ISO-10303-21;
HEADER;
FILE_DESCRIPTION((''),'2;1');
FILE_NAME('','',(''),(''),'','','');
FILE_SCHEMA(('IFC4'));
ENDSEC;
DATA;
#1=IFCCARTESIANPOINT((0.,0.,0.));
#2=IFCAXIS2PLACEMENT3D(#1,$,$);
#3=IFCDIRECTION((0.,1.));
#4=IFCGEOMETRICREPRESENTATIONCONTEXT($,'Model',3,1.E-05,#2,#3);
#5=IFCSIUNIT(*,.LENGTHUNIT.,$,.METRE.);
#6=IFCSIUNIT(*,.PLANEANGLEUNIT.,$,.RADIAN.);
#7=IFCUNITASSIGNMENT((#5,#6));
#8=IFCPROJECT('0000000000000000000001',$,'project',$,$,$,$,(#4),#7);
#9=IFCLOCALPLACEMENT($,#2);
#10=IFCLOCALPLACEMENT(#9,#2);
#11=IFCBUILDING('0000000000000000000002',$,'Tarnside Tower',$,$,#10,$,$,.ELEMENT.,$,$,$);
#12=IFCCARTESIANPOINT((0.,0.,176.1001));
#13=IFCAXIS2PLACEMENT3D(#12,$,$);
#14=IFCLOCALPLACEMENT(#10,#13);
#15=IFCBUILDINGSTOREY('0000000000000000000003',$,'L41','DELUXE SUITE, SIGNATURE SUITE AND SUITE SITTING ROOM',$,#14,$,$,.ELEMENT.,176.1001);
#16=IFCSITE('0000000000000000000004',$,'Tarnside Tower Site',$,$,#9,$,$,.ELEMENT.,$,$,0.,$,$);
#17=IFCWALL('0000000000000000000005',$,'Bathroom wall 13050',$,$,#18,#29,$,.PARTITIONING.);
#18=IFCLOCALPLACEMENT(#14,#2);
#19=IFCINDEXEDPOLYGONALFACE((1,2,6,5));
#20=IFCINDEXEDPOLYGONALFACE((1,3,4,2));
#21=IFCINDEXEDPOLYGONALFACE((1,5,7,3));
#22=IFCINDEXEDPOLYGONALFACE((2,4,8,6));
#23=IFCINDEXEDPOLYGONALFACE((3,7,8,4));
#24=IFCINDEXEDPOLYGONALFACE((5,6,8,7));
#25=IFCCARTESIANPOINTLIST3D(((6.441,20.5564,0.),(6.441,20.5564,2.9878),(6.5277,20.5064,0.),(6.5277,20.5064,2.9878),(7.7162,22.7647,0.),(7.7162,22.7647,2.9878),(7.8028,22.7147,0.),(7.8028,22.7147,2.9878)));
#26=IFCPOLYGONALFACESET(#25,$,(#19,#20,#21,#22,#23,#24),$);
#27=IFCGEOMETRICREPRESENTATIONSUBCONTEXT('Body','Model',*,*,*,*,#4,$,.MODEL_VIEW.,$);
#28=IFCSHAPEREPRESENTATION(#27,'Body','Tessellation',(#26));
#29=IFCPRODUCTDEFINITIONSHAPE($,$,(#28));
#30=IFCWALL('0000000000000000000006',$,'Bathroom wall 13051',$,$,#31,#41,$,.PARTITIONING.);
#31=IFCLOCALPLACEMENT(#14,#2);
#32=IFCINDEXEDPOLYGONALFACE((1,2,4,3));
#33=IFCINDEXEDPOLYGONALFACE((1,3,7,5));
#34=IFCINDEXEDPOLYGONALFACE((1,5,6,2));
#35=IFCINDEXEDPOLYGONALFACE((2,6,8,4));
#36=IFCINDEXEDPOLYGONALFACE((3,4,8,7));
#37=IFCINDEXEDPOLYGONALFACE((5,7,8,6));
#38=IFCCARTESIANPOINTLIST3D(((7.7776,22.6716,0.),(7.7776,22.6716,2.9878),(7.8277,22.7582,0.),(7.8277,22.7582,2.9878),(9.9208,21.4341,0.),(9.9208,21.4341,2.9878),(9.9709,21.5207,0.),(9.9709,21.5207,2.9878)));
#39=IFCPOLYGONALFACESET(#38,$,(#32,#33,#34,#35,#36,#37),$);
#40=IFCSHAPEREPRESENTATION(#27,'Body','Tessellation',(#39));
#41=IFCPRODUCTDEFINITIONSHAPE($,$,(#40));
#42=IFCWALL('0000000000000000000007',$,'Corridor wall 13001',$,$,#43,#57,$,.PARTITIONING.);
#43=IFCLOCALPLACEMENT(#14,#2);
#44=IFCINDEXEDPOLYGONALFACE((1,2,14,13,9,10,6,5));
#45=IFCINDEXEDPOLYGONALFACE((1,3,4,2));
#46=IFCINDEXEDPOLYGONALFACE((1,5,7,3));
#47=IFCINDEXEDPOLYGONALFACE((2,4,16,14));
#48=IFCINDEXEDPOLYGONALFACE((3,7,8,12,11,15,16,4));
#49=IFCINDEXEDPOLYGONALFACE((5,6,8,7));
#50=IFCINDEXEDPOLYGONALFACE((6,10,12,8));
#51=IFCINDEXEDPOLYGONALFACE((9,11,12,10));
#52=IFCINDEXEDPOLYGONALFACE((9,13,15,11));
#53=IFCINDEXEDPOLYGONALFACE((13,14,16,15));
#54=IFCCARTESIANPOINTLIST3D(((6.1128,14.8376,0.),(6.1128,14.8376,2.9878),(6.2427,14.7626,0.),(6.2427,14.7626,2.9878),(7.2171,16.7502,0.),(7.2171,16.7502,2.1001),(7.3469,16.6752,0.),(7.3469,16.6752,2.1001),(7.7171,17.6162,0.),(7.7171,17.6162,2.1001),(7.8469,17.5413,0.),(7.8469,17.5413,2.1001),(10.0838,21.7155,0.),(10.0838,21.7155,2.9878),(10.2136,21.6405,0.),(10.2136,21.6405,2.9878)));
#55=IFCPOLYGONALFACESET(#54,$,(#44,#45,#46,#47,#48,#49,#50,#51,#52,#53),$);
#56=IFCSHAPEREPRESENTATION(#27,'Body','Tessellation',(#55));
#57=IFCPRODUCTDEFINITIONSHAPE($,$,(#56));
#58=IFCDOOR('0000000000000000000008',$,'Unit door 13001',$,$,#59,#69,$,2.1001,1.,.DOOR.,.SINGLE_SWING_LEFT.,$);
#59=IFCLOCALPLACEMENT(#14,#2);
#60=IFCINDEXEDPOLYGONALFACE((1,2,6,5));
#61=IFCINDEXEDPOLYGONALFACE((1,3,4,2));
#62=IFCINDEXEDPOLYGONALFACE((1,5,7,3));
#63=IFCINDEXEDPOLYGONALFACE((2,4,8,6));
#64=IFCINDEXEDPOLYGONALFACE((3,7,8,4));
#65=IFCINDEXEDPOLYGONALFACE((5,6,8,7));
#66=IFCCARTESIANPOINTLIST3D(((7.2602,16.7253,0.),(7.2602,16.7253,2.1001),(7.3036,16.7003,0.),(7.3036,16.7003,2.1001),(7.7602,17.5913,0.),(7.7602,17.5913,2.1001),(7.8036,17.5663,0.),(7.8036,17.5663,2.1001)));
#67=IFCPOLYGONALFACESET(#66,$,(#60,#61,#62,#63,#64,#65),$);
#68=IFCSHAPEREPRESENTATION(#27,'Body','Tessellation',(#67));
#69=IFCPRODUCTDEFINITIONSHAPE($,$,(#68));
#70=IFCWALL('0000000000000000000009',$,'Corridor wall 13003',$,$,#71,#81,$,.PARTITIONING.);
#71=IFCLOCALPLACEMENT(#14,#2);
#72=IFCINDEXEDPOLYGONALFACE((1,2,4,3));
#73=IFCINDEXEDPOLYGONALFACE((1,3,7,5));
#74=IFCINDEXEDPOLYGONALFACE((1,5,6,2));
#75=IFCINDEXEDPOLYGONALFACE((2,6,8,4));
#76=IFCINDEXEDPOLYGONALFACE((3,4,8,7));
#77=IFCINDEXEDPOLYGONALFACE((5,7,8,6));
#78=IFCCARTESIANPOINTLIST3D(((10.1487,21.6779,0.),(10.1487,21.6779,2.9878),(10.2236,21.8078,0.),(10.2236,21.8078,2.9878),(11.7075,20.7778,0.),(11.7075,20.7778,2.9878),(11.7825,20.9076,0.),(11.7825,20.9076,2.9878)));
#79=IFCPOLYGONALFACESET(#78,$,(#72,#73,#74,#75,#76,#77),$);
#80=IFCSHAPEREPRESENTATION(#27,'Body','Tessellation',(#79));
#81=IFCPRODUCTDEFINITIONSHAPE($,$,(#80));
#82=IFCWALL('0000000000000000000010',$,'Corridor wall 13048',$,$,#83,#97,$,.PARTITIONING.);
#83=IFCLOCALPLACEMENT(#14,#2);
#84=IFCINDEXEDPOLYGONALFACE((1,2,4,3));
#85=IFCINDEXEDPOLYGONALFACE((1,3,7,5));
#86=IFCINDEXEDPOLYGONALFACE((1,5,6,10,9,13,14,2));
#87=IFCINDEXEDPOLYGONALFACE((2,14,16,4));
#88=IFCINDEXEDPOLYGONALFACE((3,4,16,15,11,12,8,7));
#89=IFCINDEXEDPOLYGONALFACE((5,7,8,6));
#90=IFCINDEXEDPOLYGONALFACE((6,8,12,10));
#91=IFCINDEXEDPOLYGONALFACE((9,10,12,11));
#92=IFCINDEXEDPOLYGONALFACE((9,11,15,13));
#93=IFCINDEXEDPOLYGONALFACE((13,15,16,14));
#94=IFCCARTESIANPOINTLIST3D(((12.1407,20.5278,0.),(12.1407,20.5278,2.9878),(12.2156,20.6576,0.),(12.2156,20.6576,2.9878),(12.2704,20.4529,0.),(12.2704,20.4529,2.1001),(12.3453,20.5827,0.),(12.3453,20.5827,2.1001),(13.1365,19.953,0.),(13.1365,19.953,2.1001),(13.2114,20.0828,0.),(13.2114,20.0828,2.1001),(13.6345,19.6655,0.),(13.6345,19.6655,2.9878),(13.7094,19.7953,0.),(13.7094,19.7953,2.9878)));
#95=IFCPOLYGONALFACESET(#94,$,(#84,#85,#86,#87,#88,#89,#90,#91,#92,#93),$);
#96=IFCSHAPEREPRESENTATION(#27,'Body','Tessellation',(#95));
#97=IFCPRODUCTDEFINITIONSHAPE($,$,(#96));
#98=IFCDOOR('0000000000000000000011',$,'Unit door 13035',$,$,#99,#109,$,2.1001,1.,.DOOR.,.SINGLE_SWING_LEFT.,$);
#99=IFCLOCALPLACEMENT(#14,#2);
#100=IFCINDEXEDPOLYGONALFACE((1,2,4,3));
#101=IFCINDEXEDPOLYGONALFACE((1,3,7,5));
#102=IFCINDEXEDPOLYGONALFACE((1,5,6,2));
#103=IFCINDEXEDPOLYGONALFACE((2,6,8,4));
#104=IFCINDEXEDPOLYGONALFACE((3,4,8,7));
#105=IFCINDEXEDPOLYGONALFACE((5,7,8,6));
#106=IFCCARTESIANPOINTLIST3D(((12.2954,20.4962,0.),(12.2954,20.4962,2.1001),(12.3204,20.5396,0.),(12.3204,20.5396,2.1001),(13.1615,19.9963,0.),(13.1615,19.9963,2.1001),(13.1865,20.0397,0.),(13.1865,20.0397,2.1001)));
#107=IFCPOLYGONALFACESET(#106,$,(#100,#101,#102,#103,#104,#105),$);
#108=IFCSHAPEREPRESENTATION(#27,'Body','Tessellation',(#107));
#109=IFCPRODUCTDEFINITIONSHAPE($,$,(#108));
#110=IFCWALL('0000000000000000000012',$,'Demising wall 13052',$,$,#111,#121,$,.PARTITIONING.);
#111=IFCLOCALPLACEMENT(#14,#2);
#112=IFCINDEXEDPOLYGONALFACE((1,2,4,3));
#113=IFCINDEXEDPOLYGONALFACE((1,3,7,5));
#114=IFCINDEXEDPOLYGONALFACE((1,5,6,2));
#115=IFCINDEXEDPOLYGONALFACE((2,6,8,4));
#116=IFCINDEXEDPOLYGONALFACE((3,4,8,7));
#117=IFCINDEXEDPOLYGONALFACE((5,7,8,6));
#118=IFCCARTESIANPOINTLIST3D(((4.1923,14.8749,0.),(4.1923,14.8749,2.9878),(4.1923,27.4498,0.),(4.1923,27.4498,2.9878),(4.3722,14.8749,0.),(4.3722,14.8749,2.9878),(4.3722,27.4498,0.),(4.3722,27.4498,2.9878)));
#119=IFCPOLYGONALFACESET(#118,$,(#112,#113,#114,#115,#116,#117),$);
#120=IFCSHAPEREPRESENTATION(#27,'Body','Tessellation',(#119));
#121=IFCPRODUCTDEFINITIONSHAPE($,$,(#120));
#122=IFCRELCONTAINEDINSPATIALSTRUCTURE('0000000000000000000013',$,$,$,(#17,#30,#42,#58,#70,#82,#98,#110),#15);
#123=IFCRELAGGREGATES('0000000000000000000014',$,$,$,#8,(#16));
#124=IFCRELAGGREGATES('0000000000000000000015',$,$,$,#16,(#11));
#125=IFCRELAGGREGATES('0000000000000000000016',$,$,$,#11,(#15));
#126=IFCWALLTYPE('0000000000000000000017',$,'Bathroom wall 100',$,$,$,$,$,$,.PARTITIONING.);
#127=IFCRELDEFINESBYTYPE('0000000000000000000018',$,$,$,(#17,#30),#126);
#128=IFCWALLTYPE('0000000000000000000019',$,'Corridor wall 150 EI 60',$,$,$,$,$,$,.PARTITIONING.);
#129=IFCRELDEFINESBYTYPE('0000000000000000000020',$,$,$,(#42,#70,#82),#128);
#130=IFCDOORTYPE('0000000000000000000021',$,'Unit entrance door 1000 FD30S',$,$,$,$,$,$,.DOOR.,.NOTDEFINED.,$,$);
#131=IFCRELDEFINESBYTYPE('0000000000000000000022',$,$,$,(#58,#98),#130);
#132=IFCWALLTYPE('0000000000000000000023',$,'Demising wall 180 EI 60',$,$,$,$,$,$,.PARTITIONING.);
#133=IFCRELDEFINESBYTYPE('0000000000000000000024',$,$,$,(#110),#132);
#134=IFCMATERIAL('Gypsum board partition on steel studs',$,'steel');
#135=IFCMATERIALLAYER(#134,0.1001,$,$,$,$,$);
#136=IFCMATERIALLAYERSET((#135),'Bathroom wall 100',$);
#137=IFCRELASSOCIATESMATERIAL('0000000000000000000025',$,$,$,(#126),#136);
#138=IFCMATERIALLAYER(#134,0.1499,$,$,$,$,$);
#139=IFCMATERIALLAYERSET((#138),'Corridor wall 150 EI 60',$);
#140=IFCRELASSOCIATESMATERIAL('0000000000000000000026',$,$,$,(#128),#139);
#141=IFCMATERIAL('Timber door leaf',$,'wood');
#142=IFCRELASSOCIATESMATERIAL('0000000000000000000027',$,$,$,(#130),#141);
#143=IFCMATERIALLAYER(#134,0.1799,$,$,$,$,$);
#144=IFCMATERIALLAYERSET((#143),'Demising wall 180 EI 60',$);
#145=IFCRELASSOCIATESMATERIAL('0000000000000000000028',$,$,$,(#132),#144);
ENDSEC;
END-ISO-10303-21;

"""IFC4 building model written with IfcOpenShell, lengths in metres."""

from ifc_helpers import new_model, si_unit, direction, frame, frame_2d, origin, place, context, subcontext, project, spatial, rectangle, extrude, material, layer, layer_set, type_object, element, fill, save


model = new_model("IFC4")

# Units and contexts
model_context = context("Model", 3, precision=1e-05, world=origin(), true_north=direction((0.0, 1.0)))
body_context = subcontext(model_context, "Body", "Model", "MODEL_VIEW")
ifc_project = project(units=[si_unit("LENGTHUNIT", "METRE"), si_unit("PLANEANGLEUNIT", "RADIAN")], contexts=[model_context])

# Site, building, storey
site_placement = place(None, origin())
site = spatial("IfcSite", under=ifc_project, at=site_placement, Name="Tarnside Tower Site", CompositionType="ELEMENT", RefElevation=0.0)
building_placement = place(site_placement, origin())
building = spatial("IfcBuilding", under=site, at=building_placement, Name="Tarnside Tower", CompositionType="ELEMENT")
storey_placement = place(building_placement, frame((0.0, 0.0, 176.1001)))
storey = spatial("IfcBuildingStorey", under=building, at=storey_placement, Name="L41", Description="DELUXE SUITE, SIGNATURE SUITE AND SUITE SITTING ROOM", CompositionType="ELEMENT", Elevation=176.1001)

# Walls
ifc_material_1 = material(Name="Gypsum board partition on steel studs", Category="steel")
ifc_layer_1 = layer(ifc_material_1, 0.1001)
ifc_layer_set_1 = layer_set([ifc_layer_1], Name="Bathroom wall 100")
wall_type_1 = type_object("IfcWallType", Name="Bathroom wall 100", PredefinedType="PARTITIONING", material=ifc_layer_set_1)
wall_1_placement = place(storey_placement, frame((6.4844, 20.5315, 0.0), z_axis=(0.0, 0.0, 1.0), x_axis=(0.500062, 0.865989, 0.0)))
element("IfcWall", 1, at=wall_1_placement, inside=storey, type_object=wall_type_1, Name="Bathroom wall 13050", PredefinedType="PARTITIONING", context=body_context, shape_type="SweptSolid", body=[
    extrude(rectangle(XDim=2.55, YDim=0.1001, at=frame_2d((1.2749, 0.0))), origin(), (0.0, 0.0, 1.0), 2.9878),
])
wall_2_placement = place(storey_placement, frame((7.8027, 22.7148, 0.0), z_axis=(0.0, 0.0, 1.0), x_axis=(0.866007, -0.500033, 0.0)))
element("IfcWall", 2, at=wall_2_placement, inside=storey, type_object=wall_type_1, Name="Bathroom wall 13051", PredefinedType="PARTITIONING", context=body_context, shape_type="SweptSolid", body=[
    extrude(rectangle(XDim=2.4749, YDim=0.1001, at=frame_2d((1.2373, 0.0))), origin(), (0.0, 0.0, 1.0), 2.9878),
])

# Wall, opening, door
ifc_layer_2 = layer(ifc_material_1, 0.1499)
ifc_layer_set_2 = layer_set([ifc_layer_2], Name="Corridor wall 150 EI 60")
wall_type_2 = type_object("IfcWallType", Name="Corridor wall 150 EI 60", PredefinedType="PARTITIONING", material=ifc_layer_set_2)
wall_3_placement = place(storey_placement, frame((10.1487, 21.678, 0.0), z_axis=(0.0, 0.0, 1.0), x_axis=(-0.499997, -0.866027, 0.0)))
wall_3 = element("IfcWall", 3, at=wall_3_placement, inside=storey, type_object=wall_type_2, Name="Corridor wall 13001", PredefinedType="PARTITIONING", context=body_context, shape_type="SweptSolid", body=[
    extrude(rectangle(XDim=7.9419, YDim=0.1499, at=frame_2d((3.9709, 0.0))), origin(), (0.0, 0.0, 1.0), 2.9878),
])
opening_1_placement = place(wall_3_placement, frame((4.7334, 0.0, 0.0)))
opening_1 = element("IfcOpeningElement", 4, at=opening_1_placement, cuts=wall_3, PredefinedType="OPENING", context=body_context, shape_type="SweptSolid", body=[
    extrude(rectangle(XDim=1.0, YDim=2.1001, at=frame_2d((0.5, 1.05))), frame((0.0, 0.085, 0.0), z_axis=(0.0, -1.0, 0.0), x_axis=(1.0, 0.0, 0.0)), (0.0, 0.0, 1.0), 0.1699),
])
ifc_material_2 = material(Name="Timber door leaf", Category="wood")
door_type = type_object("IfcDoorType", Name="Unit entrance door 1000 FD30S", OperationType="NOTDEFINED", PredefinedType="DOOR", material=ifc_material_2)
door_1_placement = place(opening_1_placement, origin())
door_1 = element("IfcDoor", 5, at=door_1_placement, inside=storey, type_object=door_type, Name="Unit door 13001", OperationType="SINGLE_SWING_LEFT", OverallHeight=2.1001, OverallWidth=1.0, PredefinedType="DOOR", context=body_context, shape_type="SweptSolid", body=[
    extrude(rectangle(XDim=1.0, YDim=2.1001, at=frame_2d((0.5, 1.05))), frame((0.0, 0.0249, 0.0), z_axis=(0.0, -1.0, 0.0), x_axis=(1.0, 0.0, 0.0)), (0.0, 0.0, 1.0), 0.05),
])
fill(opening_1, door_1)

# Wall
wall_4_placement = place(storey_placement, frame((11.7449, 20.8428, 0.0), z_axis=(0.0, 0.0, 1.0), x_axis=(-0.865989, 0.500063, 0.0)))
element("IfcWall", 6, at=wall_4_placement, inside=storey, type_object=wall_type_2, Name="Corridor wall 13003", PredefinedType="PARTITIONING", context=body_context, shape_type="SweptSolid", body=[
    extrude(rectangle(XDim=1.8, YDim=0.1499, at=frame_2d((0.8999, 0.0))), origin(), (0.0, 0.0, 1.0), 2.9878),
])

# Wall, opening, door
wall_5_placement = place(storey_placement, frame((13.6719, 19.7305, 0.0), z_axis=(0.0, 0.0, 1.0), x_axis=(-0.866075, 0.499914, 0.0)))
wall_5 = element("IfcWall", 7, at=wall_5_placement, inside=storey, type_object=wall_type_2, Name="Corridor wall 13048", PredefinedType="PARTITIONING", context=body_context, shape_type="SweptSolid", body=[
    extrude(rectangle(XDim=1.7249, YDim=0.1499, at=frame_2d((0.8623, 0.0))), origin(), (0.0, 0.0, 1.0), 2.9878),
])
opening_2_placement = place(wall_5_placement, frame((0.575, 0.0, 0.0)))
opening_2 = element("IfcOpeningElement", 8, at=opening_2_placement, cuts=wall_5, PredefinedType="OPENING", context=body_context, shape_type="SweptSolid", body=[
    extrude(rectangle(XDim=1.0, YDim=2.1001, at=frame_2d((0.5, 1.05))), frame((0.0, 0.085, 0.0), z_axis=(0.0, -1.0, 0.0), x_axis=(1.0, 0.0, 0.0)), (0.0, 0.0, 1.0), 0.1699),
])
door_2_placement = place(opening_2_placement, origin())
door_2 = element("IfcDoor", 9, at=door_2_placement, inside=storey, type_object=door_type, Name="Unit door 13035", OperationType="SINGLE_SWING_LEFT", OverallHeight=2.1001, OverallWidth=1.0, PredefinedType="DOOR", context=body_context, shape_type="SweptSolid", body=[
    extrude(rectangle(XDim=1.0, YDim=2.1001, at=frame_2d((0.5, 1.05))), frame((0.0, 0.0249, 0.0), z_axis=(0.0, -1.0, 0.0), x_axis=(1.0, 0.0, 0.0)), (0.0, 0.0, 1.0), 0.05),
])
fill(opening_2, door_2)

# Wall
ifc_layer_3 = layer(ifc_material_1, 0.1799)
ifc_layer_set_3 = layer_set([ifc_layer_3], Name="Demising wall 180 EI 60")
wall_type_3 = type_object("IfcWallType", Name="Demising wall 180 EI 60", PredefinedType="PARTITIONING", material=ifc_layer_set_3)
wall_6_placement = place(storey_placement, frame((4.2822, 27.45, 0.0), z_axis=(0.0, 0.0, 1.0), x_axis=(0.0, -1.0, 0.0)))
element("IfcWall", 10, at=wall_6_placement, inside=storey, type_object=wall_type_3, Name="Demising wall 13052", PredefinedType="PARTITIONING", context=body_context, shape_type="SweptSolid", body=[
    extrude(rectangle(XDim=12.575, YDim=0.1799, at=frame_2d((6.2876, 0.0))), origin(), (0.0, 0.0, 1.0), 2.9878),
])

save(model, "model.ifc")
